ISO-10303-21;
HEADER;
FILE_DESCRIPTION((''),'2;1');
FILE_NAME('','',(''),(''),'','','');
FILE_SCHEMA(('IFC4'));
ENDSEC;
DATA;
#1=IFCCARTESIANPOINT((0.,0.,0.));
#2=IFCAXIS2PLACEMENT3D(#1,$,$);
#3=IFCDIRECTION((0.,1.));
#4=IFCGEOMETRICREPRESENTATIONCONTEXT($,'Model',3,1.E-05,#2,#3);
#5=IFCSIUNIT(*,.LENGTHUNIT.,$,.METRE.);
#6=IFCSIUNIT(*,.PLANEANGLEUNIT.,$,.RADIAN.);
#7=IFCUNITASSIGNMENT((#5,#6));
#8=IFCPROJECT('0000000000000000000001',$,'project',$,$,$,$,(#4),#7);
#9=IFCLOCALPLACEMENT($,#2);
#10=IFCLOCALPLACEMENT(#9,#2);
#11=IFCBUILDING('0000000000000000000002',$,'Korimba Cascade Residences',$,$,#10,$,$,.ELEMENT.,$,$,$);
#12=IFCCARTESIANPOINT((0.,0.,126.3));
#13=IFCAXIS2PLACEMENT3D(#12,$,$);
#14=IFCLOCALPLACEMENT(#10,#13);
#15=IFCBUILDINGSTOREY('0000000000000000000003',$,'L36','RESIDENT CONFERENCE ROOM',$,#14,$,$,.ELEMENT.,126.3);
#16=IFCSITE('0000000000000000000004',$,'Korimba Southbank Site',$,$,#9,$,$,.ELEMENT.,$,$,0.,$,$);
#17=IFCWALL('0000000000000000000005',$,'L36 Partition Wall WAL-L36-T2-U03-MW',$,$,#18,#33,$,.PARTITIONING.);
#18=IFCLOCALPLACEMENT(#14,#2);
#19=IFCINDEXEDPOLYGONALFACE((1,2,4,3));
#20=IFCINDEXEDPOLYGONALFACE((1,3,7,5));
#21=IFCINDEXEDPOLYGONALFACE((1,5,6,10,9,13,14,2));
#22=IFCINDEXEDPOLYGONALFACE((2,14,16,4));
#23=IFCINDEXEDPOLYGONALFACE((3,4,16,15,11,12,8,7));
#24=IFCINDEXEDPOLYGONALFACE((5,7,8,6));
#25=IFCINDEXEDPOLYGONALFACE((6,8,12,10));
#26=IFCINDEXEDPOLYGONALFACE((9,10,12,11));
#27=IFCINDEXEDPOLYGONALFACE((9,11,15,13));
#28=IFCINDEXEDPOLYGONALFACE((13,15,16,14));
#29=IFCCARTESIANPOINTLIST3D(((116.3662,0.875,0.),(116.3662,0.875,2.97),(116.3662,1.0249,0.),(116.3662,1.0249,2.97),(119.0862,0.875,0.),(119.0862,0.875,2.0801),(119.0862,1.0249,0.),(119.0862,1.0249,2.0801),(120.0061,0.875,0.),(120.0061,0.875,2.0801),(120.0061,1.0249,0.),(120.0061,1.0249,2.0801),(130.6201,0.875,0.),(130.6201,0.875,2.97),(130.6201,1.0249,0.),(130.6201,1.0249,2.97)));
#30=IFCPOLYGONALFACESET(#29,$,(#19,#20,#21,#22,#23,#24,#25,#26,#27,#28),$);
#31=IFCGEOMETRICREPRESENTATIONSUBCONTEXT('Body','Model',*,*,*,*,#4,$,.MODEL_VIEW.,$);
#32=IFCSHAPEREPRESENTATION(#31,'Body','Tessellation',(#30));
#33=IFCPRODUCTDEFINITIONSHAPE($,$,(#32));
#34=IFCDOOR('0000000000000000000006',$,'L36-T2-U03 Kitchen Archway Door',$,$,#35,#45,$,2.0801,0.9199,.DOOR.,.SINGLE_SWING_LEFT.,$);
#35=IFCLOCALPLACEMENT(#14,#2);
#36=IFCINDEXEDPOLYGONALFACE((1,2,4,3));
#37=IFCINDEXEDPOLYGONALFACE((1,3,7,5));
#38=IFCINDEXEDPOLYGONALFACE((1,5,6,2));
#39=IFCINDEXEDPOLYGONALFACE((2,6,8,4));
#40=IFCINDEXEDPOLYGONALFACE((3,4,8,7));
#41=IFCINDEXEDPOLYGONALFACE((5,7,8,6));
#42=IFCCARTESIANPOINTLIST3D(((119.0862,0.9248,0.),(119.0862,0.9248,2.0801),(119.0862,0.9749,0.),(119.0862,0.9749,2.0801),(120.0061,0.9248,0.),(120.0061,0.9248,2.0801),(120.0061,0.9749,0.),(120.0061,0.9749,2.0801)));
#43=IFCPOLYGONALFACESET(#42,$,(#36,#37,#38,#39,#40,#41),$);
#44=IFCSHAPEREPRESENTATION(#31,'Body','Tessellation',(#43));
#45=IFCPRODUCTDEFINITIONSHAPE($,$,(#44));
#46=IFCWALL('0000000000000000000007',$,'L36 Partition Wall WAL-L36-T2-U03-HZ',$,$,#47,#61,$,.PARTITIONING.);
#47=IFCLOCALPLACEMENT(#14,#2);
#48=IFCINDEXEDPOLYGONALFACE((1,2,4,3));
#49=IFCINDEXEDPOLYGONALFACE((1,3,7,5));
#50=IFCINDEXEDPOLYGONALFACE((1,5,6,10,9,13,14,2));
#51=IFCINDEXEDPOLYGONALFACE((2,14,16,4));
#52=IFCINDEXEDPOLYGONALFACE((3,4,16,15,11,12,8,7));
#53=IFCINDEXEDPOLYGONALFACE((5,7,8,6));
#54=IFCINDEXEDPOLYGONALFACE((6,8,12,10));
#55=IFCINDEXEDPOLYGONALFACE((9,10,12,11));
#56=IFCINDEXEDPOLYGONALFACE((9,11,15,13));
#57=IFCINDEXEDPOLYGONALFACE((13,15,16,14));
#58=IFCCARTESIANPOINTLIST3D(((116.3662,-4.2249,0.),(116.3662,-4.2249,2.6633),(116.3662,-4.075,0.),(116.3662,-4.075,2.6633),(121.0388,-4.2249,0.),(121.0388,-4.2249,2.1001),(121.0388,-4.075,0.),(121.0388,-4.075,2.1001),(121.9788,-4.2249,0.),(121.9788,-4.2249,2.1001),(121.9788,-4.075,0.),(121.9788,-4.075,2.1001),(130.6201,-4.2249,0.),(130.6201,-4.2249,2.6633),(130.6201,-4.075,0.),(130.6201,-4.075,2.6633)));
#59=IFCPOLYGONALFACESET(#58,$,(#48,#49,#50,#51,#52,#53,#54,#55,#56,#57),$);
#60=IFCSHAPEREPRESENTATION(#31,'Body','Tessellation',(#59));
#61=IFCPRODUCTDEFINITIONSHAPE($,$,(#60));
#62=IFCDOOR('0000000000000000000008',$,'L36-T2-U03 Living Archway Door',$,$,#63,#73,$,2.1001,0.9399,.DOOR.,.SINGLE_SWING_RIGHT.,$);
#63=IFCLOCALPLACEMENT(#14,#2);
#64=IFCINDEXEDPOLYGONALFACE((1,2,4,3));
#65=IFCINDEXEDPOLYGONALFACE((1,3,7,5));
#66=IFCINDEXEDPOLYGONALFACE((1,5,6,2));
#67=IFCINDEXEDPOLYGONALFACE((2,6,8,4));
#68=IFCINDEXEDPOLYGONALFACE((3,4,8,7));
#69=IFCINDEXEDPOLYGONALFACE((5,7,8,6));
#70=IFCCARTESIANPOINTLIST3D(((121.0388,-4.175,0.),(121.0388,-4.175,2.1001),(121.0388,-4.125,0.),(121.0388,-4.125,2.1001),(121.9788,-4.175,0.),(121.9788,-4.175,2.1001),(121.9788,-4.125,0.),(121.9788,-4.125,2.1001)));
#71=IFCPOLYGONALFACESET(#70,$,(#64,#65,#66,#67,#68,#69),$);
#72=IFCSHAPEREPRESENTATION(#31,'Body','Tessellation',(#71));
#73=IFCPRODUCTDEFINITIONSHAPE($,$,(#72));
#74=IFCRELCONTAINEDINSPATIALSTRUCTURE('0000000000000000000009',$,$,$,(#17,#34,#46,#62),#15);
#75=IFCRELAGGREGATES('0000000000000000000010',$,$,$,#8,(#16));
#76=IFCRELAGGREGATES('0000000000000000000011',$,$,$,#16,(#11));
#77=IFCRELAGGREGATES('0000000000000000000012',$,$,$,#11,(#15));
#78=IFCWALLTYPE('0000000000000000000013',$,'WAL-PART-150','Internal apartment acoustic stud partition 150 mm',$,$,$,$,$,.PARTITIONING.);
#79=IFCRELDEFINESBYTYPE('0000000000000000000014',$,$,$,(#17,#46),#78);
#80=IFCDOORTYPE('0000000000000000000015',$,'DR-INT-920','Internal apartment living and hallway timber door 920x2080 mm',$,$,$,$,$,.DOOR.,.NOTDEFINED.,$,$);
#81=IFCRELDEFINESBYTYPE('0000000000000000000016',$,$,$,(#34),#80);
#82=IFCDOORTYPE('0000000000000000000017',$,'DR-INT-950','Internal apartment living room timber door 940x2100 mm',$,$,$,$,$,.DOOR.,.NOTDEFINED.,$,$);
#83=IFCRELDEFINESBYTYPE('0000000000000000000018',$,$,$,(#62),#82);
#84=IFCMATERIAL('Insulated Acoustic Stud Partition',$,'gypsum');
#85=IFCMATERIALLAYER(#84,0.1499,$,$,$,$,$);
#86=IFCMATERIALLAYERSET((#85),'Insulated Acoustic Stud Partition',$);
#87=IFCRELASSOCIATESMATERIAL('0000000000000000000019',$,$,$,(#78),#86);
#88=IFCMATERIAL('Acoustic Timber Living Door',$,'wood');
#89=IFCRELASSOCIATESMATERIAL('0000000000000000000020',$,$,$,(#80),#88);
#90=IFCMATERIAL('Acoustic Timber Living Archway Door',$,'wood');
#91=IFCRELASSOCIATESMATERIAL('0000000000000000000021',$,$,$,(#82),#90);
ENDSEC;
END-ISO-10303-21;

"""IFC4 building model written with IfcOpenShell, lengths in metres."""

from ifc_helpers import new_model, si_unit, direction, frame, frame_2d, origin, place, context, subcontext, project, spatial, rectangle, extrude, material, layer, layer_set, type_object, element, fill, save


model = new_model("IFC4")

# Units and contexts
model_context = context("Model", 3, precision=1e-05, world=origin(), true_north=direction((0.0, 1.0)))
body_context = subcontext(model_context, "Body", "Model", "MODEL_VIEW")
ifc_project = project(units=[si_unit("LENGTHUNIT", "METRE"), si_unit("PLANEANGLEUNIT", "RADIAN")], contexts=[model_context])

# Site, building, storey
site_placement = place(None, origin())
site = spatial("IfcSite", under=ifc_project, at=site_placement, Name="Korimba Southbank Site", CompositionType="ELEMENT", RefElevation=0.0)
building_placement = place(site_placement, origin())
building = spatial("IfcBuilding", under=site, at=building_placement, Name="Korimba Cascade Residences", CompositionType="ELEMENT")
storey_placement = place(building_placement, frame((0.0, 0.0, 126.3)))
storey = spatial("IfcBuildingStorey", under=building, at=storey_placement, Name="L36", Description="RESIDENT CONFERENCE ROOM", CompositionType="ELEMENT", Elevation=126.3)

# Shared definitions
ifc_material_1 = material(Name="Insulated Acoustic Stud Partition", Category="gypsum")
ifc_layer = layer(ifc_material_1, 0.1499)
ifc_layer_set = layer_set([ifc_layer], Name="Insulated Acoustic Stud Partition")
wall_type = type_object("IfcWallType", Name="WAL-PART-150", Description="Internal apartment acoustic stud partition 150 mm", PredefinedType="PARTITIONING", material=ifc_layer_set)

# Walls, openings, doors
wall_1_placement = place(storey_placement, frame((116.3662, 0.95, 0.0), z_axis=(0.0, 0.0, 1.0), x_axis=(1.0, 0.0, 0.0)))
wall_1 = element("IfcWall", 1, at=wall_1_placement, inside=storey, type_object=wall_type, Name="L36 Partition Wall WAL-L36-T2-U03-MW", PredefinedType="PARTITIONING", context=body_context, shape_type="SweptSolid", body=[
    extrude(rectangle(XDim=14.2539, YDim=0.1499, at=frame_2d((7.127, 0.0))), origin(), (0.0, 0.0, 1.0), 2.97),
])
opening_1_placement = place(wall_1_placement, frame((2.72, 0.0, 0.0)))
opening_1 = element("IfcOpeningElement", 2, at=opening_1_placement, cuts=wall_1, PredefinedType="OPENING", context=body_context, shape_type="SweptSolid", body=[
    extrude(rectangle(XDim=0.9199, YDim=2.0801, at=frame_2d((0.46, 1.04))), frame((0.0, 0.085, 0.0), z_axis=(0.0, -1.0, 0.0), x_axis=(1.0, 0.0, 0.0)), (0.0, 0.0, 1.0), 0.1699),
])
ifc_material_2 = material(Name="Acoustic Timber Living Door", Category="wood")
door_type_1 = type_object("IfcDoorType", Name="DR-INT-920", Description="Internal apartment living and hallway timber door 920x2080 mm", OperationType="NOTDEFINED", PredefinedType="DOOR", material=ifc_material_2)
door_1_placement = place(opening_1_placement, origin())
door_1 = element("IfcDoor", 3, at=door_1_placement, inside=storey, type_object=door_type_1, Name="L36-T2-U03 Kitchen Archway Door", OperationType="SINGLE_SWING_LEFT", OverallHeight=2.0801, OverallWidth=0.9199, PredefinedType="DOOR", context=body_context, shape_type="SweptSolid", body=[
    extrude(rectangle(XDim=0.9199, YDim=2.0801, at=frame_2d((0.46, 1.04))), frame((0.0, 0.0249, 0.0), z_axis=(0.0, -1.0, 0.0), x_axis=(1.0, 0.0, 0.0)), (0.0, 0.0, 1.0), 0.05),
])
fill(opening_1, door_1)
wall_2_placement = place(storey_placement, frame((116.3662, -4.1499, 0.0), z_axis=(0.0, 0.0, 1.0), x_axis=(1.0, 0.0, 0.0)))
wall_2 = element("IfcWall", 4, at=wall_2_placement, inside=storey, type_object=wall_type, Name="L36 Partition Wall WAL-L36-T2-U03-HZ", PredefinedType="PARTITIONING", context=body_context, shape_type="SweptSolid", body=[
    extrude(rectangle(XDim=14.2539, YDim=0.1499, at=frame_2d((7.127, 0.0))), origin(), (0.0, 0.0, 1.0), 2.6633),
])
opening_2_placement = place(wall_2_placement, frame((4.6726, 0.0, 0.0)))
opening_2 = element("IfcOpeningElement", 5, at=opening_2_placement, cuts=wall_2, PredefinedType="OPENING", context=body_context, shape_type="SweptSolid", body=[
    extrude(rectangle(XDim=0.9399, YDim=2.1001, at=frame_2d((0.47, 1.05))), frame((0.0, 0.085, 0.0), z_axis=(0.0, -1.0, 0.0), x_axis=(1.0, 0.0, 0.0)), (0.0, 0.0, 1.0), 0.1699),
])
ifc_material_3 = material(Name="Acoustic Timber Living Archway Door", Category="wood")
door_type_2 = type_object("IfcDoorType", Name="DR-INT-950", Description="Internal apartment living room timber door 940x2100 mm", OperationType="NOTDEFINED", PredefinedType="DOOR", material=ifc_material_3)
door_2_placement = place(opening_2_placement, origin())
door_2 = element("IfcDoor", 6, at=door_2_placement, inside=storey, type_object=door_type_2, Name="L36-T2-U03 Living Archway Door", OperationType="SINGLE_SWING_RIGHT", OverallHeight=2.1001, OverallWidth=0.9399, PredefinedType="DOOR", context=body_context, shape_type="SweptSolid", body=[
    extrude(rectangle(XDim=0.9399, YDim=2.1001, at=frame_2d((0.47, 1.05))), frame((0.0, 0.0249, 0.0), z_axis=(0.0, -1.0, 0.0), x_axis=(1.0, 0.0, 0.0)), (0.0, 0.0, 1.0), 0.05),
])
fill(opening_2, door_2)

save(model, "model.ifc")
